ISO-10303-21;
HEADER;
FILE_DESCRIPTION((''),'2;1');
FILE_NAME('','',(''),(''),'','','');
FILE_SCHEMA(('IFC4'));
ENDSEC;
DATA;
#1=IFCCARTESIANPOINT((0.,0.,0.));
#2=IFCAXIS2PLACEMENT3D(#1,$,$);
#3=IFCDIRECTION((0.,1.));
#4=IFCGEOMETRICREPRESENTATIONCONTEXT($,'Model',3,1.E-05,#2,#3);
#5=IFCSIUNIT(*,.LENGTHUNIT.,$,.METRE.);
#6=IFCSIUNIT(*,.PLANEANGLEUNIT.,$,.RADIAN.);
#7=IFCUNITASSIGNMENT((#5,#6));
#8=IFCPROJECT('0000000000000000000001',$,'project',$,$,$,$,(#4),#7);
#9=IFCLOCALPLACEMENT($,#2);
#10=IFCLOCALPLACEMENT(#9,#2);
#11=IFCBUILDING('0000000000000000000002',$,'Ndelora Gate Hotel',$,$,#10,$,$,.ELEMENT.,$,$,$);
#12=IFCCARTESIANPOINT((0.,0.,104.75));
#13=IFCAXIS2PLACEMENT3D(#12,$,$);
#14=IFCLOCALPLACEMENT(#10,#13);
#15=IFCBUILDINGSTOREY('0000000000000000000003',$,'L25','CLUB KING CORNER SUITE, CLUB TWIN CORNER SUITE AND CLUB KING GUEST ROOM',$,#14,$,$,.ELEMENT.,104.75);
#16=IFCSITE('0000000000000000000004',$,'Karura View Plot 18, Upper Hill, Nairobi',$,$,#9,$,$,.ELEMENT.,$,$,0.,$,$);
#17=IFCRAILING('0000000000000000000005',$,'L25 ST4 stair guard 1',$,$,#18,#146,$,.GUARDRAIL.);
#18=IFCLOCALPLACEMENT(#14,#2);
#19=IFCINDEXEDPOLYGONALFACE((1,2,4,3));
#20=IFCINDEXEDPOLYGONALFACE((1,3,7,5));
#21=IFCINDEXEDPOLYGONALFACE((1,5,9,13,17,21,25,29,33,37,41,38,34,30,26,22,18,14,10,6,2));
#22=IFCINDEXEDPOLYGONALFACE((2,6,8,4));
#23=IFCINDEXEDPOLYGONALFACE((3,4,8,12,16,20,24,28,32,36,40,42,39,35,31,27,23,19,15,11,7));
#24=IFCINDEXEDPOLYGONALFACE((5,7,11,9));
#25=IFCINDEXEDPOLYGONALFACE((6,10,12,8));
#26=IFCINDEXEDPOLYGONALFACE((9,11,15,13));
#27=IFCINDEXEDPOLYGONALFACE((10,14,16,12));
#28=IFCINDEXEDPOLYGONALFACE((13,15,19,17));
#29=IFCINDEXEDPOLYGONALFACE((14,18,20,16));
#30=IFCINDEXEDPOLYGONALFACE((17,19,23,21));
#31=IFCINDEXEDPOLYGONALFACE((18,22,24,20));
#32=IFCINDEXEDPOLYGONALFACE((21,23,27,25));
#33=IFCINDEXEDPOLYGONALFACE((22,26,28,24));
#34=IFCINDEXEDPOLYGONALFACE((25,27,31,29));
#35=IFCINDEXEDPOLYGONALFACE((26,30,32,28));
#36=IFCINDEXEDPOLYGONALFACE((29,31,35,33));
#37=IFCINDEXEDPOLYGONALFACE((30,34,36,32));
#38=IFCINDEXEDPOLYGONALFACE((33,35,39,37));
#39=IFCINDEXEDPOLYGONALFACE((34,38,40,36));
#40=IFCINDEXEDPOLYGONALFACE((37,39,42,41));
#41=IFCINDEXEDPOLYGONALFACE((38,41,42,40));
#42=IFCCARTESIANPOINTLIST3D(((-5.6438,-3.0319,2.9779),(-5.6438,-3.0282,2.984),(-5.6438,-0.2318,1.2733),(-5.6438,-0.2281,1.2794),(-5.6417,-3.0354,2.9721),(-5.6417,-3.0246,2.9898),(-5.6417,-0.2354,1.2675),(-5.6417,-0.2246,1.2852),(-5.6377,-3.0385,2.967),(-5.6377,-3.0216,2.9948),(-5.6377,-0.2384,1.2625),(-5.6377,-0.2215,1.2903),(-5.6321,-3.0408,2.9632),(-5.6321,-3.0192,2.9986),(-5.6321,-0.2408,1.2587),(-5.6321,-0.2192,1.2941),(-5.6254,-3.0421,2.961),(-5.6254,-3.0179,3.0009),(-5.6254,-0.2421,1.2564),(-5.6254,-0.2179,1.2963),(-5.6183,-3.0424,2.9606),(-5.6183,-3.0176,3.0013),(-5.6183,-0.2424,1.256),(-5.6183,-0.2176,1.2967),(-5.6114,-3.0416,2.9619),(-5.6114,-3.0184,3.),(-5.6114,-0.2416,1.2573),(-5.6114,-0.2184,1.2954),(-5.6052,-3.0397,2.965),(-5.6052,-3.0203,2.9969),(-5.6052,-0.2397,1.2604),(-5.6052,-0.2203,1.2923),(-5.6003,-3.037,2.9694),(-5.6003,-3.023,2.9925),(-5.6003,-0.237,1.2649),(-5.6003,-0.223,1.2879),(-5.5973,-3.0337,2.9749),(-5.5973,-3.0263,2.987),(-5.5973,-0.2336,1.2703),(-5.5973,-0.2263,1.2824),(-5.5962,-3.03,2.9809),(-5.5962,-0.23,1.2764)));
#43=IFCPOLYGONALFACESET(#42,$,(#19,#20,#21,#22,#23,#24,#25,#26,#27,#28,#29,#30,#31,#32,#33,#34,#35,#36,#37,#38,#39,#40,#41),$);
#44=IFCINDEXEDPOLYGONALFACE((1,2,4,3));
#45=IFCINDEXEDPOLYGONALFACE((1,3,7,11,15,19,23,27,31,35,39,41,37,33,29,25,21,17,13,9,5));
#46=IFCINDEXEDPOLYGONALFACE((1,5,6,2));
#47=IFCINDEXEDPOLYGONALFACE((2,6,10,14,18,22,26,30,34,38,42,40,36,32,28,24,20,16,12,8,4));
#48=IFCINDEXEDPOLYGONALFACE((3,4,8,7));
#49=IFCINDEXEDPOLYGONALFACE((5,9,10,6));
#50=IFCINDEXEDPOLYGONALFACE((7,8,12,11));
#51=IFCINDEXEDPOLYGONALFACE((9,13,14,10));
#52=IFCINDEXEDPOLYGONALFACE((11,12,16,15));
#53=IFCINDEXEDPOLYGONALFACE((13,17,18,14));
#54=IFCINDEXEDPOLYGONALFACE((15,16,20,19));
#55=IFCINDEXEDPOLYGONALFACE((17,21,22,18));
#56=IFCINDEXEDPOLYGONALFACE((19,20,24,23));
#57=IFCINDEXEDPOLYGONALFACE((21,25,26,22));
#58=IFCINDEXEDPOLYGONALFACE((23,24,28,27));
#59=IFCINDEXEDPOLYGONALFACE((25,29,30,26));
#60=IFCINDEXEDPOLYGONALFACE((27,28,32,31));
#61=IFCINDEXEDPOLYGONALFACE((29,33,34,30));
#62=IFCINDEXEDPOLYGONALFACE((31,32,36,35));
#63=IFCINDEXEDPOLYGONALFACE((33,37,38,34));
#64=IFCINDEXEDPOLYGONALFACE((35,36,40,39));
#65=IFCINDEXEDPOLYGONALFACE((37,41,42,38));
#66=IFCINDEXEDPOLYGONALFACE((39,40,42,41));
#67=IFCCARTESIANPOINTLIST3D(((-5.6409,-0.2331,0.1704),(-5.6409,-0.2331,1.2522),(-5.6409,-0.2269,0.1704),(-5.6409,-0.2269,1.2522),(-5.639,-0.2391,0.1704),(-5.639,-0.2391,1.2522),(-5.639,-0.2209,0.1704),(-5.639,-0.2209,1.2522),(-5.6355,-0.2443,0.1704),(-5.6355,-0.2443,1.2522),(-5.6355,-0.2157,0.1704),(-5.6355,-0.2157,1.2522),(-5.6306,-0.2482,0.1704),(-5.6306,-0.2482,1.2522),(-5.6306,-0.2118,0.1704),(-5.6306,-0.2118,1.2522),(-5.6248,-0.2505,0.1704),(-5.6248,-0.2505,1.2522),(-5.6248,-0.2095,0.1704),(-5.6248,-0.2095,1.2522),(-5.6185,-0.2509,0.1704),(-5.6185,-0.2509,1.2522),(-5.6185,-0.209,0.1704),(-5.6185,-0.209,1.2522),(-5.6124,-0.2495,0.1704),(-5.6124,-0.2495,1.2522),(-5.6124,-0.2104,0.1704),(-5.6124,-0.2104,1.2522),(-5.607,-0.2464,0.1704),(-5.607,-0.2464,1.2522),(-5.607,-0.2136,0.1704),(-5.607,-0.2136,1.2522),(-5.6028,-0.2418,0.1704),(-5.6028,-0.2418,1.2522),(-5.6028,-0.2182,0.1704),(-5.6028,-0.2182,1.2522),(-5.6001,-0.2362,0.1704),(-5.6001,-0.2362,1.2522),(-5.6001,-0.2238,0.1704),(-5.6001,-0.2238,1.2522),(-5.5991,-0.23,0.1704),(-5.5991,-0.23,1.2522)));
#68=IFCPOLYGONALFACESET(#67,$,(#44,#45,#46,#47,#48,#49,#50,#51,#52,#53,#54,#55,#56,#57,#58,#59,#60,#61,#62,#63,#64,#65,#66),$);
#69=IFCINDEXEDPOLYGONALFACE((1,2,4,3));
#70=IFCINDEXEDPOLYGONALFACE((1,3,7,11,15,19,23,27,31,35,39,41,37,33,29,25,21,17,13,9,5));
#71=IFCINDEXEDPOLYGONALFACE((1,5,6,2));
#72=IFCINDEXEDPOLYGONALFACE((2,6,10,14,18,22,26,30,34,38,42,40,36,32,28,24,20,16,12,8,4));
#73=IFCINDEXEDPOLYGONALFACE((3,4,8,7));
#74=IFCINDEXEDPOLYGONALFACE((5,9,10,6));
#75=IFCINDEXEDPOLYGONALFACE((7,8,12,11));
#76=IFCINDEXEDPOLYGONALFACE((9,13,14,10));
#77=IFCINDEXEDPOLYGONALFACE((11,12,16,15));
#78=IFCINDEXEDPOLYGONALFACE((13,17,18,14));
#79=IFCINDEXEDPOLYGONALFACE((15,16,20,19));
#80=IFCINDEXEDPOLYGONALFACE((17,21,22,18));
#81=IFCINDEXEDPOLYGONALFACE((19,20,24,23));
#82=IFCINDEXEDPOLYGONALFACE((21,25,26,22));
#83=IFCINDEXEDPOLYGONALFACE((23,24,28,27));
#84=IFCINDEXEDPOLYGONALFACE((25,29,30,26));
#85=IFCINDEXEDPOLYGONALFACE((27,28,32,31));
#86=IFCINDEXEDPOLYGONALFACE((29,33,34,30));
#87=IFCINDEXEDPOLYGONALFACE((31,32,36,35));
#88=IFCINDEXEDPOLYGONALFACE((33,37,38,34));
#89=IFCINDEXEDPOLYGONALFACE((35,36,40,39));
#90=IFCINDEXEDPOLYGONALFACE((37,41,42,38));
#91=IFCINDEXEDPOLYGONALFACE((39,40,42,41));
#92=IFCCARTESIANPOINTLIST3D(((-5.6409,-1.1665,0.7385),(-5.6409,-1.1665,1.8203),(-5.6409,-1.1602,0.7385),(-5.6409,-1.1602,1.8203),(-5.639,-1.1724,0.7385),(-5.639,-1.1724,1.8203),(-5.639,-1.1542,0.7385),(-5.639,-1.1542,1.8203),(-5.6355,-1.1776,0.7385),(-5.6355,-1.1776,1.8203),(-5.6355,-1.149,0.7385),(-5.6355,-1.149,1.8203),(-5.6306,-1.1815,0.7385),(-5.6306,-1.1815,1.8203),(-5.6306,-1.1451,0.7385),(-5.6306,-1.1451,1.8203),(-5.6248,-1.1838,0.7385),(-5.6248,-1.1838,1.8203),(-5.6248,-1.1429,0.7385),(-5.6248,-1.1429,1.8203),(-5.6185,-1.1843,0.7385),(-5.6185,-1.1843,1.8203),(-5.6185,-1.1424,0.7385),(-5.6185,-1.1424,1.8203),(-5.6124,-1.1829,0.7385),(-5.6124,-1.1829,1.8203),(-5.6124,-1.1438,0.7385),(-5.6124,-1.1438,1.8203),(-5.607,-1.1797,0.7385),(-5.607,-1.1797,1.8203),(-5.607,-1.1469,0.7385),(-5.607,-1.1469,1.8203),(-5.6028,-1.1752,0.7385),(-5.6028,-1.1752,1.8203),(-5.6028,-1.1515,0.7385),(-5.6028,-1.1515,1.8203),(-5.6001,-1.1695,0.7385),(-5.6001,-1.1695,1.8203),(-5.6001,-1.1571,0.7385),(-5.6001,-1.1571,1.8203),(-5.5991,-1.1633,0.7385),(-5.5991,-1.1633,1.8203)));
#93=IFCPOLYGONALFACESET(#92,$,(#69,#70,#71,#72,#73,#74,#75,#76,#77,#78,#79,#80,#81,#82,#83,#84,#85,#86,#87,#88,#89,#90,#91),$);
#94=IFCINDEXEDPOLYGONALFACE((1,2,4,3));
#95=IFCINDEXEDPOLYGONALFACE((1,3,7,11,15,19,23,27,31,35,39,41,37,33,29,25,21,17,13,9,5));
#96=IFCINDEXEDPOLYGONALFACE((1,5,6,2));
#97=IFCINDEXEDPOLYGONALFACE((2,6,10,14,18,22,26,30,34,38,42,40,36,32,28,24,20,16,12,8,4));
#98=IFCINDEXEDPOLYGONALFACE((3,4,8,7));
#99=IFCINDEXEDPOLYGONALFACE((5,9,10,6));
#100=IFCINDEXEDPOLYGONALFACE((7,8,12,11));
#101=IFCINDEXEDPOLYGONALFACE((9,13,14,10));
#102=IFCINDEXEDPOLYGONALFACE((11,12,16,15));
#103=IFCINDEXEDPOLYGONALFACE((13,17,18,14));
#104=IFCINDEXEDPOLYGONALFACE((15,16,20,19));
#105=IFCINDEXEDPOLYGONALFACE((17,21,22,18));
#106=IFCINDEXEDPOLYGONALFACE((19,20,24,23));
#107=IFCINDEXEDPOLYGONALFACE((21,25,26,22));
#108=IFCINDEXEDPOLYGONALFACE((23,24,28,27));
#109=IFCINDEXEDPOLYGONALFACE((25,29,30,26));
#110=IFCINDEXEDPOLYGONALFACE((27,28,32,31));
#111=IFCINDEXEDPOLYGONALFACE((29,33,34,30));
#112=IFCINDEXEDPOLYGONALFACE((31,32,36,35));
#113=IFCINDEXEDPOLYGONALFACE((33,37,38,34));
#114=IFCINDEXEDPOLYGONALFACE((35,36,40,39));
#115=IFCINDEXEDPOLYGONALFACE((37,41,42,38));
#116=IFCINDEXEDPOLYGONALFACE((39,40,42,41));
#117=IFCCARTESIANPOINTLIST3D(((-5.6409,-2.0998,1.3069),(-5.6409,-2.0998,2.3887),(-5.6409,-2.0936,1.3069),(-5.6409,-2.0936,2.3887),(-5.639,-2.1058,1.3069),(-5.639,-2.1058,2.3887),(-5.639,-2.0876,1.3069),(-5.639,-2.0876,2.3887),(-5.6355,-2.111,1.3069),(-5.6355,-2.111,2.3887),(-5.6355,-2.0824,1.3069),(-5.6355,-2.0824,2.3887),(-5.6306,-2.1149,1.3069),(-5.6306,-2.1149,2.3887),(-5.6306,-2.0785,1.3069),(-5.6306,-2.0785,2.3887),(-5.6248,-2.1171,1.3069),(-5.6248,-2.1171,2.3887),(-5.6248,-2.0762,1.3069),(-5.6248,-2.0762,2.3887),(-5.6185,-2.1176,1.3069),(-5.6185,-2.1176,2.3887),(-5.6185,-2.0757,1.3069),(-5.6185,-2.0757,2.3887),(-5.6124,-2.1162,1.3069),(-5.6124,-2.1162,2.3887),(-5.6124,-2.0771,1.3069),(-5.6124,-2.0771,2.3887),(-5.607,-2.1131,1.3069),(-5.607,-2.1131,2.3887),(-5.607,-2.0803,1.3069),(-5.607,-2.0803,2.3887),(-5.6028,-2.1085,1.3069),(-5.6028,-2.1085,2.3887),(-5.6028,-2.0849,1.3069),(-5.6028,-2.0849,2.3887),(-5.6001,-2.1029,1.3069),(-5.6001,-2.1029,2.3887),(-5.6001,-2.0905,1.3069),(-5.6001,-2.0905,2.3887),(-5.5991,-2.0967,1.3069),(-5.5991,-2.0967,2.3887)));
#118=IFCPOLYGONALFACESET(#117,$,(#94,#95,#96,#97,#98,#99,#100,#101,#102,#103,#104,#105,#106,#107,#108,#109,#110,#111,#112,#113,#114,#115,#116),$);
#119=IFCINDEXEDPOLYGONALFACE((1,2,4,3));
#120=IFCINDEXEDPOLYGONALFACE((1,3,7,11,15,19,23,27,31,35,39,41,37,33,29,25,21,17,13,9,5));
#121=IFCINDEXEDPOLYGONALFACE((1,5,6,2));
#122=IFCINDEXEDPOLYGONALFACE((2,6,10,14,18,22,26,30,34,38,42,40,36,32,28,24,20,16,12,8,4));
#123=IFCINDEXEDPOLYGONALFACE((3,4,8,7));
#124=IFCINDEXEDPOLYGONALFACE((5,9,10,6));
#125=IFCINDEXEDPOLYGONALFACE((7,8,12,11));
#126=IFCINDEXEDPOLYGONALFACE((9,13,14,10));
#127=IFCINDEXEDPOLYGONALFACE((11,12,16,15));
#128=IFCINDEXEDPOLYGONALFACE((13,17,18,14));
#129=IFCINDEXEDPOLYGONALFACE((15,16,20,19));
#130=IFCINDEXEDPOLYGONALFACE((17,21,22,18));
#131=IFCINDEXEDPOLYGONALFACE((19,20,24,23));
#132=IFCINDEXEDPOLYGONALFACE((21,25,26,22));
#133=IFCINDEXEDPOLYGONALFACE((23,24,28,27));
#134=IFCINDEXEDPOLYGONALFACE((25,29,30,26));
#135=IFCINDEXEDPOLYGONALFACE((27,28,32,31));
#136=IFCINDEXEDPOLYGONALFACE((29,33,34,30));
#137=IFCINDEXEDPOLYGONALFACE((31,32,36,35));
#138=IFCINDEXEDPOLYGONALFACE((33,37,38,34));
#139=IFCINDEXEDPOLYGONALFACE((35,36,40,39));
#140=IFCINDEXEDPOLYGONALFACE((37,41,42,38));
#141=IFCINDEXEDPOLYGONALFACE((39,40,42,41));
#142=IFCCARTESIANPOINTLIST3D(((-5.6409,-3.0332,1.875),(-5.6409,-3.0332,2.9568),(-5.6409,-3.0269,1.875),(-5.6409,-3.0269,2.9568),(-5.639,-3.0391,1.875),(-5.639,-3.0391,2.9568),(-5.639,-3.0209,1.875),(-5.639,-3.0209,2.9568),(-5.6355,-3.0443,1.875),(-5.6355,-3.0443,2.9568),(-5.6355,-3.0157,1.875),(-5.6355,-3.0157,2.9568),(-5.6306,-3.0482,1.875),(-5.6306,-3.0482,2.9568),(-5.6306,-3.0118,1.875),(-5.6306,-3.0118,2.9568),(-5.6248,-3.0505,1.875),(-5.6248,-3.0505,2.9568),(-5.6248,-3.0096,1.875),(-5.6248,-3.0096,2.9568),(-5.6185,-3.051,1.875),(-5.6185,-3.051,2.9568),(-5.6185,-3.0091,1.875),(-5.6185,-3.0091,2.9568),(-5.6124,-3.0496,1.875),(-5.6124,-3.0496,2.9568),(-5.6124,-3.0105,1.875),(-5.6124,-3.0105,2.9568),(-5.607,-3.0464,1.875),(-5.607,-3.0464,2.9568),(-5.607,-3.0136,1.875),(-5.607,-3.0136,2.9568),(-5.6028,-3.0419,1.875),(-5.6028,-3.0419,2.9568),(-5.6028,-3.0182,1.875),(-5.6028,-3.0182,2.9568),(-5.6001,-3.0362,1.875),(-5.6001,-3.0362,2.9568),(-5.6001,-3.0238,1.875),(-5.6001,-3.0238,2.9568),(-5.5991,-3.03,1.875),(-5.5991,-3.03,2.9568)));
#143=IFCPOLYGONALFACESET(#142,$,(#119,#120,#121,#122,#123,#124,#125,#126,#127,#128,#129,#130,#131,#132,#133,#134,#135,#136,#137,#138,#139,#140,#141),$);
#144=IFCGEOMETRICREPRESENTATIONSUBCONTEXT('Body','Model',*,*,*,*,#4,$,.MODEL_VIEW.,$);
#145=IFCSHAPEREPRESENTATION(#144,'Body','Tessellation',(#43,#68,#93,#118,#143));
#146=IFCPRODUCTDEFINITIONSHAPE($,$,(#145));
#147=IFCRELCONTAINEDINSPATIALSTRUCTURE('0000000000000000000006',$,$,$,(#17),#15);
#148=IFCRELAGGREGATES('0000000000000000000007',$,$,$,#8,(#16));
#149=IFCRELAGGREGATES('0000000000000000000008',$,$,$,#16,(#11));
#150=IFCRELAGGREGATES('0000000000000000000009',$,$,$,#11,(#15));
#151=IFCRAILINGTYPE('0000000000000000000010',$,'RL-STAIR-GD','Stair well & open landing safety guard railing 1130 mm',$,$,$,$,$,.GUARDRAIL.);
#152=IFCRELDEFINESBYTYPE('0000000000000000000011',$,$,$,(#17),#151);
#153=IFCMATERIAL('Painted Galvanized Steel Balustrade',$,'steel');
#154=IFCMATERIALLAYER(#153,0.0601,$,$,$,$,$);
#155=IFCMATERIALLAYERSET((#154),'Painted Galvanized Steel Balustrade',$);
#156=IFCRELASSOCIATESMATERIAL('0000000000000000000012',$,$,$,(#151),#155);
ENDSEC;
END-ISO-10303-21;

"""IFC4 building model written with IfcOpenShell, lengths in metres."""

from ifc_helpers import new_model, si_unit, direction, frame, origin, origin_2d, place, context, subcontext, project, spatial, circle, extrude, material, layer, layer_set, type_object, element, save


model = new_model("IFC4")

# Units and contexts
model_context = context("Model", 3, precision=1e-05, world=origin(), true_north=direction((0.0, 1.0)))
body_context = subcontext(model_context, "Body", "Model", "MODEL_VIEW")
ifc_project = project(units=[si_unit("LENGTHUNIT", "METRE"), si_unit("PLANEANGLEUNIT", "RADIAN")], contexts=[model_context])

# Site, building, storey
site_placement = place(None, origin())
site = spatial("IfcSite", under=ifc_project, at=site_placement, Name="Karura View Plot 18, Upper Hill, Nairobi", CompositionType="ELEMENT", RefElevation=0.0)
building_placement = place(site_placement, origin())
building = spatial("IfcBuilding", under=site, at=building_placement, Name="Ndelora Gate Hotel", CompositionType="ELEMENT")
storey_placement = place(building_placement, frame((0.0, 0.0, 104.75)))
storey = spatial("IfcBuildingStorey", under=building, at=storey_placement, Name="L25", Description="CLUB KING CORNER SUITE, CLUB TWIN CORNER SUITE AND CLUB KING GUEST ROOM", CompositionType="ELEMENT", Elevation=104.75)

# Railing
ifc_material_1 = material(Name="Painted Galvanized Steel Balustrade", Category="steel")
ifc_layer_1 = layer(ifc_material_1, 0.0601)
ifc_layer_set_1 = layer_set([ifc_layer_1], Name="Painted Galvanized Steel Balustrade")
railing_type_1 = type_object("IfcRailingType", Name="RL-STAIR-GD", Description="Stair well & open landing safety guard railing 1130 mm", PredefinedType="GUARDRAIL", material=ifc_layer_set_1)
railing_1_placement = place(storey_placement, frame((-5.6201, -0.23, 0.1704)))
element("IfcRailing", 1, at=railing_1_placement, inside=storey, type_object=railing_type_1, Name="L25 ST4 stair guard 1", PredefinedType="GUARDRAIL", context=body_context, shape_type="SweptSolid", body=[
    extrude(circle(Radius=0.0239, at=origin_2d()), frame((0.0, 0.0, 1.106), z_axis=(0.0, -0.85417, 0.519994), x_axis=(1.0, 0.0, 0.0)), (0.0, 0.0, 1.0), 3.2781),
    extrude(circle(Radius=0.021, at=origin_2d()), origin(), (0.0, 0.0, 1.0), 1.0818),
    extrude(circle(Radius=0.021, at=origin_2d()), frame((0.0, -0.9333, 0.5681)), (0.0, 0.0, 1.0), 1.0818),
    extrude(circle(Radius=0.021, at=origin_2d()), frame((0.0, -1.8667, 1.1365)), (0.0, 0.0, 1.0), 1.0818),
    extrude(circle(Radius=0.021, at=origin_2d()), frame((0.0, -2.8, 1.7046)), (0.0, 0.0, 1.0), 1.0818),
])

save(model, "model.ifc")
